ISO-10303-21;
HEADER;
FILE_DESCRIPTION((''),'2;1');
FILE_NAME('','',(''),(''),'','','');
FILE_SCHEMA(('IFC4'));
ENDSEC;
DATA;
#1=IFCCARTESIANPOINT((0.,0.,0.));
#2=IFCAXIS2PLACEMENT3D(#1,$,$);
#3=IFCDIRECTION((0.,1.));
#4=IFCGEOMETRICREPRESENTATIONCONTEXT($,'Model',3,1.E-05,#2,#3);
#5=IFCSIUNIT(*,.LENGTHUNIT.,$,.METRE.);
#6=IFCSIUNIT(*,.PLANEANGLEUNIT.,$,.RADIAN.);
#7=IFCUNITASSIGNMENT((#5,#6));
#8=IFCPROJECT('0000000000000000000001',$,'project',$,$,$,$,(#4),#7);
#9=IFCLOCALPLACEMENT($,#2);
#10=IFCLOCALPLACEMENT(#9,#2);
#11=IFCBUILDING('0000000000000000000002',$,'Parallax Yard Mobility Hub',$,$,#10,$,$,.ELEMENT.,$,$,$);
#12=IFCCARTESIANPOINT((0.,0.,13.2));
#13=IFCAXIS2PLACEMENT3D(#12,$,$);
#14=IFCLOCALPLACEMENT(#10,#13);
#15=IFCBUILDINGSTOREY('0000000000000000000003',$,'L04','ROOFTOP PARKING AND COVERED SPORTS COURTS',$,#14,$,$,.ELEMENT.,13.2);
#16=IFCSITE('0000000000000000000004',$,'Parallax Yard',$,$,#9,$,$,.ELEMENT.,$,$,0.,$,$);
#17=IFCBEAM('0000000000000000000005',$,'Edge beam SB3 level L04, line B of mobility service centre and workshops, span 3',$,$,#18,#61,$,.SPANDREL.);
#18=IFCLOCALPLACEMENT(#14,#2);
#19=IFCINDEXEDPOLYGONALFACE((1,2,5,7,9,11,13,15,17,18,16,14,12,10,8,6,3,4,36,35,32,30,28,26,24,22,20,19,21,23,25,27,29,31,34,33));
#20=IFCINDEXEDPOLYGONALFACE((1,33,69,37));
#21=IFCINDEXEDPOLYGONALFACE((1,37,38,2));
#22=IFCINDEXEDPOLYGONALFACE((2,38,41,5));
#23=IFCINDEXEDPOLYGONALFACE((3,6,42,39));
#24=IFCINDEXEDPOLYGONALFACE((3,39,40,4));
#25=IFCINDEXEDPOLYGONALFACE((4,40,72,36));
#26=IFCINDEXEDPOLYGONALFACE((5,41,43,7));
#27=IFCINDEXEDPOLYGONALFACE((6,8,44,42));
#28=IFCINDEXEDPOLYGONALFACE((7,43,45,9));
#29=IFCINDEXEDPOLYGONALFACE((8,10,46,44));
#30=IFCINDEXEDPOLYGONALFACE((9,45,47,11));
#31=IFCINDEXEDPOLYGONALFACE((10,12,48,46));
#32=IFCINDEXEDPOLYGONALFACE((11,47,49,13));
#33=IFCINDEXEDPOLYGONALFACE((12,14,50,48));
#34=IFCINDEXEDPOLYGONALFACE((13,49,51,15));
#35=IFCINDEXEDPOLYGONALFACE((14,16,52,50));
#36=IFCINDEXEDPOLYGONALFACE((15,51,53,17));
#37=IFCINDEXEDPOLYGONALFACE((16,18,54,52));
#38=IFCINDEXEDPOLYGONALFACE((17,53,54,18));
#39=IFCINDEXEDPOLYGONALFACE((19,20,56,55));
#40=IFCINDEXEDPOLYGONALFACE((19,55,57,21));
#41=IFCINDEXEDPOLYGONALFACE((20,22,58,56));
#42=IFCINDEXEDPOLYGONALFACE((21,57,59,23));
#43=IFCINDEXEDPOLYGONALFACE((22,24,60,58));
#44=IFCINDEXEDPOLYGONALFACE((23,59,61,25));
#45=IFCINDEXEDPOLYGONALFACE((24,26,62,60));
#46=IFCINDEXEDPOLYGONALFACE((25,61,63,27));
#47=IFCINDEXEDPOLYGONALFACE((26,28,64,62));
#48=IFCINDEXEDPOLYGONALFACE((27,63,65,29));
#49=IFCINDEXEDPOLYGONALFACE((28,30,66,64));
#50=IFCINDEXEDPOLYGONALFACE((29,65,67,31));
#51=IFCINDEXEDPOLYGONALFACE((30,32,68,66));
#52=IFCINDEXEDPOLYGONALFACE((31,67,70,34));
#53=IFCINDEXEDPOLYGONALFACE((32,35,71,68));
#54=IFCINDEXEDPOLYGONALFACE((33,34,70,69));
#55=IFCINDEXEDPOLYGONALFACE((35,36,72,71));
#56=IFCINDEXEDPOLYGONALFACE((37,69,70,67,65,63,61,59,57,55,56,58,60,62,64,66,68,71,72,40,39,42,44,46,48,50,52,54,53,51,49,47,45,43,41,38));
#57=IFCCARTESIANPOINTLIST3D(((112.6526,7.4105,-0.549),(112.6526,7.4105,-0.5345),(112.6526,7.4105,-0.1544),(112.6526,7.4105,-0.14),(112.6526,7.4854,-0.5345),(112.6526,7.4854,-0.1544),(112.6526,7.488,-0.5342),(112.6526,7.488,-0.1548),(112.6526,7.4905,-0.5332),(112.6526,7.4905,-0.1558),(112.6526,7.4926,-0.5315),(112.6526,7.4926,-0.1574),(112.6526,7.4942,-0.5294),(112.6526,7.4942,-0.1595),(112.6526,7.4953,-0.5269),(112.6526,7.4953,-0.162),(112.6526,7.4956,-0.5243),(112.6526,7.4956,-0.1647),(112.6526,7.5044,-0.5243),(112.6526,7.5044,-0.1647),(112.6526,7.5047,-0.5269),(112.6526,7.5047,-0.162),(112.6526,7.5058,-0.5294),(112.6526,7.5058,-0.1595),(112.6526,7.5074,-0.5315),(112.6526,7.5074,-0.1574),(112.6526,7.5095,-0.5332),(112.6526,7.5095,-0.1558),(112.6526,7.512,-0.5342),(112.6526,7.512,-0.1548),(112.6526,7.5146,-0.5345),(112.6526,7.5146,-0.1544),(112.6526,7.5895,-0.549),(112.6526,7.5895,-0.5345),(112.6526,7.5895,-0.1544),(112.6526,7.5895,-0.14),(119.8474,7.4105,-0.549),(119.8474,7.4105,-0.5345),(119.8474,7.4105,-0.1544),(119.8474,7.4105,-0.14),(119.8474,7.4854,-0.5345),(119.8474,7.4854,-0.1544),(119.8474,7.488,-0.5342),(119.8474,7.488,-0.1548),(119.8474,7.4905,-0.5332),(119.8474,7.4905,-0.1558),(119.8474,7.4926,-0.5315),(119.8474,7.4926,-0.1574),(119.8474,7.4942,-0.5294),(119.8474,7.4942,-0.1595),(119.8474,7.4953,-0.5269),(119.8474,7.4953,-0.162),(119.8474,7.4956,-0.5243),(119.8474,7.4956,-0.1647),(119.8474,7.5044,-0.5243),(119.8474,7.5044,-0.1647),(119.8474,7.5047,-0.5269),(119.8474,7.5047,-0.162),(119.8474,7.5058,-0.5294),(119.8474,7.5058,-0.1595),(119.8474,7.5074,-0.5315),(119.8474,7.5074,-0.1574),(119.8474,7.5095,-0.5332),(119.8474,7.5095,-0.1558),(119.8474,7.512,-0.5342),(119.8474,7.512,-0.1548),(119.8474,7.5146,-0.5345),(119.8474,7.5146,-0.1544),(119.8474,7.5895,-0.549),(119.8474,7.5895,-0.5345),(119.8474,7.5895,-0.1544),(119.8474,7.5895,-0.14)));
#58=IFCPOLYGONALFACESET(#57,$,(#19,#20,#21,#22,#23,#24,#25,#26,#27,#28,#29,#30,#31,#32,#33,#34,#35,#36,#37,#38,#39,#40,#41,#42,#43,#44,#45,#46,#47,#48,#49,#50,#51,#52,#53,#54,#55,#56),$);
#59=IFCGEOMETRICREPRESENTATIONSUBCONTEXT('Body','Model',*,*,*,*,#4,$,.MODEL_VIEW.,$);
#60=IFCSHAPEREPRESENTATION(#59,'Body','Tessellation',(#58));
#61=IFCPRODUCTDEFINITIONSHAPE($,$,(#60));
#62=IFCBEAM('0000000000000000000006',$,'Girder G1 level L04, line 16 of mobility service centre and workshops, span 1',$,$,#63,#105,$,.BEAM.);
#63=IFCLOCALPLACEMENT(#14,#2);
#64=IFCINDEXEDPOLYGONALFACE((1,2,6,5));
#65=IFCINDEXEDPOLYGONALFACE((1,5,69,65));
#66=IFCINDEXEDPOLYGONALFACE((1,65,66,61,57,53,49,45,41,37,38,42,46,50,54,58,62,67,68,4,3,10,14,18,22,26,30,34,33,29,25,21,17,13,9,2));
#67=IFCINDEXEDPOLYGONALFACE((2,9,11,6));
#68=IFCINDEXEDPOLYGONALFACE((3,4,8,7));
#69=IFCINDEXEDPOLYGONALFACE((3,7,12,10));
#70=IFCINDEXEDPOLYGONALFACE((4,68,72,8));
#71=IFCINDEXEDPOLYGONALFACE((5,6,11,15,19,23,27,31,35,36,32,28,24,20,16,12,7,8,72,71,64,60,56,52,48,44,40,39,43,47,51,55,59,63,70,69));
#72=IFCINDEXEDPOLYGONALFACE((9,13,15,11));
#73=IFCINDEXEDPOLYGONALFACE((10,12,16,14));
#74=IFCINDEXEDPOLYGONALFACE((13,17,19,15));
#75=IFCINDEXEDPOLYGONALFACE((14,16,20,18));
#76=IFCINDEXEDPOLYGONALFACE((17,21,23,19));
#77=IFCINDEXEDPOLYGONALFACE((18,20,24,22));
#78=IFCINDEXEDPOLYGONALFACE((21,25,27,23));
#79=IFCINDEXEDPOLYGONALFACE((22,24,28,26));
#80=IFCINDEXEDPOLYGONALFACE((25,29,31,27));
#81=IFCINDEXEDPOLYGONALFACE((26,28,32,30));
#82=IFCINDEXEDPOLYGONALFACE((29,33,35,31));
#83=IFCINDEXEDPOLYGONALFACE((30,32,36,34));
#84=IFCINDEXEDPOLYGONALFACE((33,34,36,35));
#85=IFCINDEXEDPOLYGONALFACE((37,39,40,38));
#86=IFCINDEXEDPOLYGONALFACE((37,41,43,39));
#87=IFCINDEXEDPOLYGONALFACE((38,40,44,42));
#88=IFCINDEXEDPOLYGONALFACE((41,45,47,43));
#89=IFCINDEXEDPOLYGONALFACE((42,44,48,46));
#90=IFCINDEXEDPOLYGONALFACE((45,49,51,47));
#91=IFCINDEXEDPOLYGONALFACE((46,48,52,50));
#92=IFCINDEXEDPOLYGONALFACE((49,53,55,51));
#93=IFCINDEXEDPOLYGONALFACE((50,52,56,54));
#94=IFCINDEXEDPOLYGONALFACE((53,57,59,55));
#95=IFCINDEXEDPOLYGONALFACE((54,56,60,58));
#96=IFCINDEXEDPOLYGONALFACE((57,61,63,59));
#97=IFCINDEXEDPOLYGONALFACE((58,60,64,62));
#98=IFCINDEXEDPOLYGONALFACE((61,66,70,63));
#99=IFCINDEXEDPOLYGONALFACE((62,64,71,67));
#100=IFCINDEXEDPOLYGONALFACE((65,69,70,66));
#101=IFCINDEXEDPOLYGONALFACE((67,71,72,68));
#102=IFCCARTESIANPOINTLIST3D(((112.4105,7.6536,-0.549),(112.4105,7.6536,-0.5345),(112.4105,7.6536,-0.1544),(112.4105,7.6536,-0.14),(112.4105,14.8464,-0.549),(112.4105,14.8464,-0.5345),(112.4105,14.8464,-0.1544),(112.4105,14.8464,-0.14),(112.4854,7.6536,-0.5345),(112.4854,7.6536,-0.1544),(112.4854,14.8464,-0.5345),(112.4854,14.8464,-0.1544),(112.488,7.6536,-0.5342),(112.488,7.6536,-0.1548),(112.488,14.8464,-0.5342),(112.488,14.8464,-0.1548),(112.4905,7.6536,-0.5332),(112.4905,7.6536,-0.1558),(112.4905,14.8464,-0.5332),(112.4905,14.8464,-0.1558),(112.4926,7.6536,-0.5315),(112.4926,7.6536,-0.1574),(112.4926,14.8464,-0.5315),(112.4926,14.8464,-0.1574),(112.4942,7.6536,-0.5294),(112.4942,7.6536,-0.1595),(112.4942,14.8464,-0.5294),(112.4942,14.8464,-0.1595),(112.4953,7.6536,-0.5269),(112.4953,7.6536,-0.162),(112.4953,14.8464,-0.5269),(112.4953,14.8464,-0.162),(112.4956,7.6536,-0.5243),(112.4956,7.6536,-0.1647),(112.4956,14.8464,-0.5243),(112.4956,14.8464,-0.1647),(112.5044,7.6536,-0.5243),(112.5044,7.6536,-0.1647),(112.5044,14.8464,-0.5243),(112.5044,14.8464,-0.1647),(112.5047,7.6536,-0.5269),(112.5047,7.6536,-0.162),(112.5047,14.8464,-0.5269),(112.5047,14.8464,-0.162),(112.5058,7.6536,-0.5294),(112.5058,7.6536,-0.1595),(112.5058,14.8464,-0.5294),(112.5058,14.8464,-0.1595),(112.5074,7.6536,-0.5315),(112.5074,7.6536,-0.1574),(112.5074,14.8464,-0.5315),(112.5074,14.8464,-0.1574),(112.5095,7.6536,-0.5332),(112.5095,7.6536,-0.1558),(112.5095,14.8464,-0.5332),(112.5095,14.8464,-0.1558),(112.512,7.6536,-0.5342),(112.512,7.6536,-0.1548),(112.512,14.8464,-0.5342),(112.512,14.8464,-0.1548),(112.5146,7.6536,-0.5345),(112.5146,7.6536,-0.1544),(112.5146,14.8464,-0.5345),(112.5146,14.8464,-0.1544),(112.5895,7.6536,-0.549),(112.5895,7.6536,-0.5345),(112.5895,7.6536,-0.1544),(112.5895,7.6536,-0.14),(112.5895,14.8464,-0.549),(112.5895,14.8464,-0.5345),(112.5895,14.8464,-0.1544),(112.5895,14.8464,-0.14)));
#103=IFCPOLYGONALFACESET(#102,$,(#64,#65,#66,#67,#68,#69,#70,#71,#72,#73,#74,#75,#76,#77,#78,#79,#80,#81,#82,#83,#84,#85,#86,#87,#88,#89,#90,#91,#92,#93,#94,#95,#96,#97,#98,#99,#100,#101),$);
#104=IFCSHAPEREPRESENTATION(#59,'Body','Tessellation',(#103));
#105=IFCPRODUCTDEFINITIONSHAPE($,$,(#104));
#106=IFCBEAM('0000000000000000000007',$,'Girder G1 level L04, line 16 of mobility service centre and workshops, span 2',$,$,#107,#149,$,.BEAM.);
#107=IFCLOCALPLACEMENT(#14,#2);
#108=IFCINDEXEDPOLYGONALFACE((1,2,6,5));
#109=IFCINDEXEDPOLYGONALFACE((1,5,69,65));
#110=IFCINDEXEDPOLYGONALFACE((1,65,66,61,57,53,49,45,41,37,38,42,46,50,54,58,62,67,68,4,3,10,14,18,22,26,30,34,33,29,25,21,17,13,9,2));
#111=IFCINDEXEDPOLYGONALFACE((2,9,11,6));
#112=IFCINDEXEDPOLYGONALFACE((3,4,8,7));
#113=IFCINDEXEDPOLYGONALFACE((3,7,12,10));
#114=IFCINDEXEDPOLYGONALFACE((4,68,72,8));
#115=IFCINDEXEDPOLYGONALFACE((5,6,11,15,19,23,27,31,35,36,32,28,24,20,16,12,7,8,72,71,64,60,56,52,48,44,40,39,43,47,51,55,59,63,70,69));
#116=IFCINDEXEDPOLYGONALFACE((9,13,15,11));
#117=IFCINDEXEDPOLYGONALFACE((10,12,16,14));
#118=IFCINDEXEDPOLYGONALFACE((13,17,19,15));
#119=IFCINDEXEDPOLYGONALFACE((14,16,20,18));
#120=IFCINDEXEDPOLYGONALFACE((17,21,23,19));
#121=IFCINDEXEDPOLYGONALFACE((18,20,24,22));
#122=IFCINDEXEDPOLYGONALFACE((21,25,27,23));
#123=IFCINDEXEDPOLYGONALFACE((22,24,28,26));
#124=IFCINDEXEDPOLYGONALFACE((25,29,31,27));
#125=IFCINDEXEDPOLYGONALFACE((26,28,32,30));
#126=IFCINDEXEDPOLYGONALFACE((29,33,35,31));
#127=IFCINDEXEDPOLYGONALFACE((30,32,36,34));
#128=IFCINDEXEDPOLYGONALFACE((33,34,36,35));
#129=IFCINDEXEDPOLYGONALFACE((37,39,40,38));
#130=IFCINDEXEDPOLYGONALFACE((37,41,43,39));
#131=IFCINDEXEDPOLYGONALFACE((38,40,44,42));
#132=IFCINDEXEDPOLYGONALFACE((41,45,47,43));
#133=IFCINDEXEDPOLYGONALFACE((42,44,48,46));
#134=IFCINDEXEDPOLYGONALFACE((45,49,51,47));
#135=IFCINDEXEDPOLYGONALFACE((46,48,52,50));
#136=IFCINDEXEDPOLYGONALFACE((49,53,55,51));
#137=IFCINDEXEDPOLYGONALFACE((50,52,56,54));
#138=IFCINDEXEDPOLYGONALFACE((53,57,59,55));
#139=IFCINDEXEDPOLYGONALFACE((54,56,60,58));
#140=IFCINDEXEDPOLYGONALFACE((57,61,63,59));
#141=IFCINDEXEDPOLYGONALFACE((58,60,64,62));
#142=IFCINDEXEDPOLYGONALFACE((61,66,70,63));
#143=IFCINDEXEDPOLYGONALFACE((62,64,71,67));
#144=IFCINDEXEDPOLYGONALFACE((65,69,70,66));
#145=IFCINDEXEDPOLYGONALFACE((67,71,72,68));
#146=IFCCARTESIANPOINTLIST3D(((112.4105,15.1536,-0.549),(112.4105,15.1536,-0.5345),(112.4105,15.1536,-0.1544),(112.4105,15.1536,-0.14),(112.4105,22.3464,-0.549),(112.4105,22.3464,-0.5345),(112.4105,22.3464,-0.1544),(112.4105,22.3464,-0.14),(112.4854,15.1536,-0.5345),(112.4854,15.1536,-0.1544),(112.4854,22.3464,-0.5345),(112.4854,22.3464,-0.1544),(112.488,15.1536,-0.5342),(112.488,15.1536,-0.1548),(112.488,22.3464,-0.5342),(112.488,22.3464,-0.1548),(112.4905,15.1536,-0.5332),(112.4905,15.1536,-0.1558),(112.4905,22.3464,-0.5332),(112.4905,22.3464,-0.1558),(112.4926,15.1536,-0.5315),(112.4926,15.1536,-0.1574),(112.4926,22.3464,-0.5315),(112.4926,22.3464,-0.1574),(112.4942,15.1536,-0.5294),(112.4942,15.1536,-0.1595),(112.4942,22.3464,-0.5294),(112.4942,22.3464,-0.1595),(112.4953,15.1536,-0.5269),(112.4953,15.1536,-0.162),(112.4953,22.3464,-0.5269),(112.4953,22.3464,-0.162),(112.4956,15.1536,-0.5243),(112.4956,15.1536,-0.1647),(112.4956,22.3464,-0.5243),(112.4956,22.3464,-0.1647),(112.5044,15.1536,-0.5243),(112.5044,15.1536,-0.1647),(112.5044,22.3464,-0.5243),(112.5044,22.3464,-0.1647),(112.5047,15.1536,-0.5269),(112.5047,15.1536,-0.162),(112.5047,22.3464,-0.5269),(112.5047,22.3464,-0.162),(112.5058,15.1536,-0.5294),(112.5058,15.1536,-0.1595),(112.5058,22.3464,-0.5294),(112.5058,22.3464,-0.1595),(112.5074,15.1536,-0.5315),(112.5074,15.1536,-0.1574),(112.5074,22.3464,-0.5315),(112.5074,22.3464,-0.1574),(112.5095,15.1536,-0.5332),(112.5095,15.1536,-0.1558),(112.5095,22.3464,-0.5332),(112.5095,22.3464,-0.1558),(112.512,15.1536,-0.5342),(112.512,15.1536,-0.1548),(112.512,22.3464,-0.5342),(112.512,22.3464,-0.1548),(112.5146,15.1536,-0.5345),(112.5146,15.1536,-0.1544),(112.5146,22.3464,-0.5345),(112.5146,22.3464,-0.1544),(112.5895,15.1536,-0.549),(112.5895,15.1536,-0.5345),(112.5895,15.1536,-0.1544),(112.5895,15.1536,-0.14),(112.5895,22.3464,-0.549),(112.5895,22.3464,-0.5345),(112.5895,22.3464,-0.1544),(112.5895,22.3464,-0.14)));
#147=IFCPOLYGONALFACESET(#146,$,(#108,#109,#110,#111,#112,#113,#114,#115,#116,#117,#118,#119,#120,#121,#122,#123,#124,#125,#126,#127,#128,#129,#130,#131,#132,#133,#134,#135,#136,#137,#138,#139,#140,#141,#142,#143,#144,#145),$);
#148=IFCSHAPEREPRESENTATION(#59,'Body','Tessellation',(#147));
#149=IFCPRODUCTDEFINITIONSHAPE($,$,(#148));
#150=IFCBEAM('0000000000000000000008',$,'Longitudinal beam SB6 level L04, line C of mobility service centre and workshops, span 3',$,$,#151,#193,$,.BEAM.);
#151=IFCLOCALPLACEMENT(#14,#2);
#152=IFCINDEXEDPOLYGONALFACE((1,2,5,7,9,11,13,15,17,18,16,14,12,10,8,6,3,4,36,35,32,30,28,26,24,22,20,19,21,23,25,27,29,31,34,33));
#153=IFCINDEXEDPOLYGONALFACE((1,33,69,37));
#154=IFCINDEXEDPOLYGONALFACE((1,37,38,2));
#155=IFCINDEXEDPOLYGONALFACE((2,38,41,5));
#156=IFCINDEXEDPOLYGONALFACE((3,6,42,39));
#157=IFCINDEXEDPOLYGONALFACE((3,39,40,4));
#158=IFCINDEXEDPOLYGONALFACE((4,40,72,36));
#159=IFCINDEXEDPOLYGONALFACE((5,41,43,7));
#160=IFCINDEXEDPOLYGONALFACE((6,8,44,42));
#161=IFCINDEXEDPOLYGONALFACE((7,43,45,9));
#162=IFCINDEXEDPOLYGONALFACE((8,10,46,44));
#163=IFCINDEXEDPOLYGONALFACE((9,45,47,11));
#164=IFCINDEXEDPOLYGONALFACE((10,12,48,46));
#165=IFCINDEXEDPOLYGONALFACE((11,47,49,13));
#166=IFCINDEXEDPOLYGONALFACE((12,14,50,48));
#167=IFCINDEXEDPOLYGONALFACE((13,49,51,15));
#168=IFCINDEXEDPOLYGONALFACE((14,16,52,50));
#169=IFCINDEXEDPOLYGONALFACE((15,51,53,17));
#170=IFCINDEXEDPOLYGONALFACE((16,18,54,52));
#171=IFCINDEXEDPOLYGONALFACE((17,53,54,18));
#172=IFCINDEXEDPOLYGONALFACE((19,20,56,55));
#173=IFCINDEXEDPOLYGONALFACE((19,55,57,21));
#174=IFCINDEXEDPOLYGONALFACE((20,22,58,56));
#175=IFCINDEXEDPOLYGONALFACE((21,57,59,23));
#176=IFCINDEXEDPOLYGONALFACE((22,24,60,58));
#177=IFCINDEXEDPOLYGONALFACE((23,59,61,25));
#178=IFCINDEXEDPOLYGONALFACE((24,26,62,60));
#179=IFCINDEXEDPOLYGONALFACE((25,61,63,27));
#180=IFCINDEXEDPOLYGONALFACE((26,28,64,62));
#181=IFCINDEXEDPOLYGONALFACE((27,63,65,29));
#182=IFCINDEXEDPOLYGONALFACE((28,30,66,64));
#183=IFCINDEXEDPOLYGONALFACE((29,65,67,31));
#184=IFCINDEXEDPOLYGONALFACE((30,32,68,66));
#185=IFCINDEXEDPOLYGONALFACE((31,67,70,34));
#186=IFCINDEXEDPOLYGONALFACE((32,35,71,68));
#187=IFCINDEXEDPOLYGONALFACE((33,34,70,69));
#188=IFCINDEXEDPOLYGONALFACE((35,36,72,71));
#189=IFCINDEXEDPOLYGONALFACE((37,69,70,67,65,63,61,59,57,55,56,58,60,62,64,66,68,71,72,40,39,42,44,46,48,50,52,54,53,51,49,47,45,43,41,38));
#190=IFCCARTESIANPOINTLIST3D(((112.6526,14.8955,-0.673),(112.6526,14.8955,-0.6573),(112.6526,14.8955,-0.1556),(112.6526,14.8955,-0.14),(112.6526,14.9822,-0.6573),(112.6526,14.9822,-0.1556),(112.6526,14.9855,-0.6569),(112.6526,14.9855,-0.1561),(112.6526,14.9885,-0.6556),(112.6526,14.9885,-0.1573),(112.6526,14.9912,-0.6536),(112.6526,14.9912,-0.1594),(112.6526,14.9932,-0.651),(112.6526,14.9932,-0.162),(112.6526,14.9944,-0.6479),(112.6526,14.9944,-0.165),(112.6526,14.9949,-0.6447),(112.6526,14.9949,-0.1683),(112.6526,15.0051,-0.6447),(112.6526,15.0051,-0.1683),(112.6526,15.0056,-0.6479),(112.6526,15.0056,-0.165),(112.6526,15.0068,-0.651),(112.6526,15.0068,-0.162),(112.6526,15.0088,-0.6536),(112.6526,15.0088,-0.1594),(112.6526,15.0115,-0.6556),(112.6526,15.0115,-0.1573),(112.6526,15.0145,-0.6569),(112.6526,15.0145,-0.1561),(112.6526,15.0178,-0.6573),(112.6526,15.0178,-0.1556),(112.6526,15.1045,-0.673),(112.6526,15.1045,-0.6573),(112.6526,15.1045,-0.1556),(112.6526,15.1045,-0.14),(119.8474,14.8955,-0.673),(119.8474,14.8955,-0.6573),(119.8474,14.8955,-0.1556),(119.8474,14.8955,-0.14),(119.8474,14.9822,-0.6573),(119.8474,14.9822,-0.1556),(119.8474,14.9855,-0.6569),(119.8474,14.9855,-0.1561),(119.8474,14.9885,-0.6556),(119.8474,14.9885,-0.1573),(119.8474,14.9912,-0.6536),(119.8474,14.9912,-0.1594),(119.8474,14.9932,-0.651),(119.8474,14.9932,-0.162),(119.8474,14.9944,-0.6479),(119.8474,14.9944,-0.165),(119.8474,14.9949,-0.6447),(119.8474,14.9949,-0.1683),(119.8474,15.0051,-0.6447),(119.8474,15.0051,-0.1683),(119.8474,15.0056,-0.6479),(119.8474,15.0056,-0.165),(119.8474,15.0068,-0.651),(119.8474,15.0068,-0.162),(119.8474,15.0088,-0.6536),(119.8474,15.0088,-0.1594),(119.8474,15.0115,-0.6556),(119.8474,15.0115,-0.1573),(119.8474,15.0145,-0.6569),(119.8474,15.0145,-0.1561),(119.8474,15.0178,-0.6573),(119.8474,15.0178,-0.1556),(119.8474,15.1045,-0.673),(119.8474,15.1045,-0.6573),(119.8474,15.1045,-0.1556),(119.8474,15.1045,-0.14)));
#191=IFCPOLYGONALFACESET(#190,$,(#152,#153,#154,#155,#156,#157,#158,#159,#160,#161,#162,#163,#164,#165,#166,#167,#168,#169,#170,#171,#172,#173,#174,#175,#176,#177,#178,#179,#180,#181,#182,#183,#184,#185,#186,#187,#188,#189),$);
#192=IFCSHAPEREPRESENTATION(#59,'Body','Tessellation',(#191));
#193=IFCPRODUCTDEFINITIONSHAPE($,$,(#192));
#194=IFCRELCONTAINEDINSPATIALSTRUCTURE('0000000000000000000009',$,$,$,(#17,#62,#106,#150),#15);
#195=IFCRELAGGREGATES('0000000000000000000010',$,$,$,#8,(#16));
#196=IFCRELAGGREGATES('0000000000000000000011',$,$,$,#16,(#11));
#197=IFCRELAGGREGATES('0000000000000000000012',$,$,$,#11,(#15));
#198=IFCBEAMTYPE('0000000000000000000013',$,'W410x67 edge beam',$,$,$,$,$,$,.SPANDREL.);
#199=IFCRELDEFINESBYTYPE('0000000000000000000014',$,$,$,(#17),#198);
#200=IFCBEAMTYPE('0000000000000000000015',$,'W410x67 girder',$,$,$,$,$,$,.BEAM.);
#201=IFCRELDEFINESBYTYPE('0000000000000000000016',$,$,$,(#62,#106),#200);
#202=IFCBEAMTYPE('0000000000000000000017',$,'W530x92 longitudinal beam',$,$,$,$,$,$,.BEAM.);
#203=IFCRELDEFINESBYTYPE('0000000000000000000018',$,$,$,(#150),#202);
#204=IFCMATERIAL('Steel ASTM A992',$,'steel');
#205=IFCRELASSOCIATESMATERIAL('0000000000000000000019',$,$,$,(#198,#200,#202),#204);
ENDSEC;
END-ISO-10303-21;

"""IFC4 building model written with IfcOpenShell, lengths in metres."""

from ifc_helpers import new_model, si_unit, direction, frame, origin, origin_2d, place, context, subcontext, project, spatial, i_section, extrude, material, material_profile, profile_set, type_object, element, save


model = new_model("IFC4")

# Units and contexts
model_context = context("Model", 3, precision=1e-05, world=origin(), true_north=direction((0.0, 1.0)))
body_context = subcontext(model_context, "Body", "Model", "MODEL_VIEW")
ifc_project = project(units=[si_unit("LENGTHUNIT", "METRE"), si_unit("PLANEANGLEUNIT", "RADIAN")], contexts=[model_context])

# Site, building, storey
site_placement = place(None, origin())
site = spatial("IfcSite", under=ifc_project, at=site_placement, Name="Parallax Yard", CompositionType="ELEMENT", RefElevation=0.0)
building_placement = place(site_placement, origin())
building = spatial("IfcBuilding", under=site, at=building_placement, Name="Parallax Yard Mobility Hub", CompositionType="ELEMENT")
storey_placement = place(building_placement, frame((0.0, 0.0, 13.2)))
storey = spatial("IfcBuildingStorey", under=building, at=storey_placement, Name="L04", Description="ROOFTOP PARKING AND COVERED SPORTS COURTS", CompositionType="ELEMENT", Elevation=13.2)

# Shared definitions
ifc_material_1 = material(Name="Steel ASTM A992", Category="steel")

# Beams
ifc_material_profile_1 = material_profile(ifc_material_1, i_section(OverallWidth=0.179, OverallDepth=0.4089, WebThickness=0.0088, FlangeThickness=0.0144, FilletRadius=0.0103, at=origin_2d()), Name="W410x67")
ifc_profile_set_1 = profile_set([ifc_material_profile_1], Name="Steel ASTM A992")
beam_type_1 = type_object("IfcBeamType", Name="W410x67 edge beam", PredefinedType="SPANDREL", material=ifc_profile_set_1)
beam_1_placement = place(storey_placement, frame((112.6526, 7.5, -0.3445), z_axis=(1.0, 0.0, 0.0), x_axis=(0.0, 1.0, 0.0)))
element("IfcBeam", 1, at=beam_1_placement, inside=storey, type_object=beam_type_1, Name="Edge beam SB3 level L04, line B of mobility service centre and workshops, span 3", PredefinedType="SPANDREL", context=body_context, shape_type="SweptSolid", body=[
    extrude(i_section(OverallWidth=0.179, OverallDepth=0.4089, WebThickness=0.0088, FlangeThickness=0.0144, FilletRadius=0.0103, at=origin_2d()), origin(), (0.0, 0.0, 1.0), 7.1948),
])
ifc_material_profile_2 = material_profile(ifc_material_1, i_section(OverallWidth=0.179, OverallDepth=0.4089, WebThickness=0.0088, FlangeThickness=0.0144, FilletRadius=0.0103, at=origin_2d()), Name="W410x67")
ifc_profile_set_2 = profile_set([ifc_material_profile_2], Name="Steel ASTM A992")
beam_type_2 = type_object("IfcBeamType", Name="W410x67 girder", PredefinedType="BEAM", material=ifc_profile_set_2)
for number, where, z_axis, x_axis, name in (
    (2, (112.5, 7.6536, -0.3445), (0.0, 1.0, 0.0), (-1.0, 0.0, 0.0), "Girder G1 level L04, line 16 of mobility service centre and workshops, span 1"),
    (3, (112.5, 15.1536, -0.3445), (0.0, 1.0, 0.0), (-1.0, 0.0, 0.0), "Girder G1 level L04, line 16 of mobility service centre and workshops, span 2"),
):
    element("IfcBeam", number, at=place(storey_placement, frame(where, z_axis=z_axis, x_axis=x_axis)), inside=storey, type_object=beam_type_2, Name=name, PredefinedType="BEAM", context=body_context, shape_type="SweptSolid", body=[
        extrude(i_section(OverallWidth=0.179, OverallDepth=0.4089, WebThickness=0.0088, FlangeThickness=0.0144, FilletRadius=0.0103, at=origin_2d()), origin(), (0.0, 0.0, 1.0), 7.1929),
    ])
ifc_material_profile_3 = material_profile(ifc_material_1, i_section(OverallWidth=0.209, OverallDepth=0.533, WebThickness=0.0103, FlangeThickness=0.0156, FilletRadius=0.0127, at=origin_2d()), Name="W530x92")
ifc_profile_set_3 = profile_set([ifc_material_profile_3], Name="Steel ASTM A992")
beam_type_3 = type_object("IfcBeamType", Name="W530x92 longitudinal beam", PredefinedType="BEAM", material=ifc_profile_set_3)
for number, where, z_axis, x_axis, name in (
    (4, (112.6526, 15.0, -0.4065), (1.0, 0.0, 0.0), (0.0, 1.0, 0.0), "Longitudinal beam SB6 level L04, line C of mobility service centre and workshops, span 3"),
):
    element("IfcBeam", number, at=place(storey_placement, frame(where, z_axis=z_axis, x_axis=x_axis)), inside=storey, type_object=beam_type_3, Name=name, PredefinedType="BEAM", context=body_context, shape_type="SweptSolid", body=[
        extrude(i_section(OverallWidth=0.209, OverallDepth=0.533, WebThickness=0.0103, FlangeThickness=0.0156, FilletRadius=0.0127, at=origin_2d()), origin(), (0.0, 0.0, 1.0), 7.1948),
    ])

save(model, "model.ifc")
